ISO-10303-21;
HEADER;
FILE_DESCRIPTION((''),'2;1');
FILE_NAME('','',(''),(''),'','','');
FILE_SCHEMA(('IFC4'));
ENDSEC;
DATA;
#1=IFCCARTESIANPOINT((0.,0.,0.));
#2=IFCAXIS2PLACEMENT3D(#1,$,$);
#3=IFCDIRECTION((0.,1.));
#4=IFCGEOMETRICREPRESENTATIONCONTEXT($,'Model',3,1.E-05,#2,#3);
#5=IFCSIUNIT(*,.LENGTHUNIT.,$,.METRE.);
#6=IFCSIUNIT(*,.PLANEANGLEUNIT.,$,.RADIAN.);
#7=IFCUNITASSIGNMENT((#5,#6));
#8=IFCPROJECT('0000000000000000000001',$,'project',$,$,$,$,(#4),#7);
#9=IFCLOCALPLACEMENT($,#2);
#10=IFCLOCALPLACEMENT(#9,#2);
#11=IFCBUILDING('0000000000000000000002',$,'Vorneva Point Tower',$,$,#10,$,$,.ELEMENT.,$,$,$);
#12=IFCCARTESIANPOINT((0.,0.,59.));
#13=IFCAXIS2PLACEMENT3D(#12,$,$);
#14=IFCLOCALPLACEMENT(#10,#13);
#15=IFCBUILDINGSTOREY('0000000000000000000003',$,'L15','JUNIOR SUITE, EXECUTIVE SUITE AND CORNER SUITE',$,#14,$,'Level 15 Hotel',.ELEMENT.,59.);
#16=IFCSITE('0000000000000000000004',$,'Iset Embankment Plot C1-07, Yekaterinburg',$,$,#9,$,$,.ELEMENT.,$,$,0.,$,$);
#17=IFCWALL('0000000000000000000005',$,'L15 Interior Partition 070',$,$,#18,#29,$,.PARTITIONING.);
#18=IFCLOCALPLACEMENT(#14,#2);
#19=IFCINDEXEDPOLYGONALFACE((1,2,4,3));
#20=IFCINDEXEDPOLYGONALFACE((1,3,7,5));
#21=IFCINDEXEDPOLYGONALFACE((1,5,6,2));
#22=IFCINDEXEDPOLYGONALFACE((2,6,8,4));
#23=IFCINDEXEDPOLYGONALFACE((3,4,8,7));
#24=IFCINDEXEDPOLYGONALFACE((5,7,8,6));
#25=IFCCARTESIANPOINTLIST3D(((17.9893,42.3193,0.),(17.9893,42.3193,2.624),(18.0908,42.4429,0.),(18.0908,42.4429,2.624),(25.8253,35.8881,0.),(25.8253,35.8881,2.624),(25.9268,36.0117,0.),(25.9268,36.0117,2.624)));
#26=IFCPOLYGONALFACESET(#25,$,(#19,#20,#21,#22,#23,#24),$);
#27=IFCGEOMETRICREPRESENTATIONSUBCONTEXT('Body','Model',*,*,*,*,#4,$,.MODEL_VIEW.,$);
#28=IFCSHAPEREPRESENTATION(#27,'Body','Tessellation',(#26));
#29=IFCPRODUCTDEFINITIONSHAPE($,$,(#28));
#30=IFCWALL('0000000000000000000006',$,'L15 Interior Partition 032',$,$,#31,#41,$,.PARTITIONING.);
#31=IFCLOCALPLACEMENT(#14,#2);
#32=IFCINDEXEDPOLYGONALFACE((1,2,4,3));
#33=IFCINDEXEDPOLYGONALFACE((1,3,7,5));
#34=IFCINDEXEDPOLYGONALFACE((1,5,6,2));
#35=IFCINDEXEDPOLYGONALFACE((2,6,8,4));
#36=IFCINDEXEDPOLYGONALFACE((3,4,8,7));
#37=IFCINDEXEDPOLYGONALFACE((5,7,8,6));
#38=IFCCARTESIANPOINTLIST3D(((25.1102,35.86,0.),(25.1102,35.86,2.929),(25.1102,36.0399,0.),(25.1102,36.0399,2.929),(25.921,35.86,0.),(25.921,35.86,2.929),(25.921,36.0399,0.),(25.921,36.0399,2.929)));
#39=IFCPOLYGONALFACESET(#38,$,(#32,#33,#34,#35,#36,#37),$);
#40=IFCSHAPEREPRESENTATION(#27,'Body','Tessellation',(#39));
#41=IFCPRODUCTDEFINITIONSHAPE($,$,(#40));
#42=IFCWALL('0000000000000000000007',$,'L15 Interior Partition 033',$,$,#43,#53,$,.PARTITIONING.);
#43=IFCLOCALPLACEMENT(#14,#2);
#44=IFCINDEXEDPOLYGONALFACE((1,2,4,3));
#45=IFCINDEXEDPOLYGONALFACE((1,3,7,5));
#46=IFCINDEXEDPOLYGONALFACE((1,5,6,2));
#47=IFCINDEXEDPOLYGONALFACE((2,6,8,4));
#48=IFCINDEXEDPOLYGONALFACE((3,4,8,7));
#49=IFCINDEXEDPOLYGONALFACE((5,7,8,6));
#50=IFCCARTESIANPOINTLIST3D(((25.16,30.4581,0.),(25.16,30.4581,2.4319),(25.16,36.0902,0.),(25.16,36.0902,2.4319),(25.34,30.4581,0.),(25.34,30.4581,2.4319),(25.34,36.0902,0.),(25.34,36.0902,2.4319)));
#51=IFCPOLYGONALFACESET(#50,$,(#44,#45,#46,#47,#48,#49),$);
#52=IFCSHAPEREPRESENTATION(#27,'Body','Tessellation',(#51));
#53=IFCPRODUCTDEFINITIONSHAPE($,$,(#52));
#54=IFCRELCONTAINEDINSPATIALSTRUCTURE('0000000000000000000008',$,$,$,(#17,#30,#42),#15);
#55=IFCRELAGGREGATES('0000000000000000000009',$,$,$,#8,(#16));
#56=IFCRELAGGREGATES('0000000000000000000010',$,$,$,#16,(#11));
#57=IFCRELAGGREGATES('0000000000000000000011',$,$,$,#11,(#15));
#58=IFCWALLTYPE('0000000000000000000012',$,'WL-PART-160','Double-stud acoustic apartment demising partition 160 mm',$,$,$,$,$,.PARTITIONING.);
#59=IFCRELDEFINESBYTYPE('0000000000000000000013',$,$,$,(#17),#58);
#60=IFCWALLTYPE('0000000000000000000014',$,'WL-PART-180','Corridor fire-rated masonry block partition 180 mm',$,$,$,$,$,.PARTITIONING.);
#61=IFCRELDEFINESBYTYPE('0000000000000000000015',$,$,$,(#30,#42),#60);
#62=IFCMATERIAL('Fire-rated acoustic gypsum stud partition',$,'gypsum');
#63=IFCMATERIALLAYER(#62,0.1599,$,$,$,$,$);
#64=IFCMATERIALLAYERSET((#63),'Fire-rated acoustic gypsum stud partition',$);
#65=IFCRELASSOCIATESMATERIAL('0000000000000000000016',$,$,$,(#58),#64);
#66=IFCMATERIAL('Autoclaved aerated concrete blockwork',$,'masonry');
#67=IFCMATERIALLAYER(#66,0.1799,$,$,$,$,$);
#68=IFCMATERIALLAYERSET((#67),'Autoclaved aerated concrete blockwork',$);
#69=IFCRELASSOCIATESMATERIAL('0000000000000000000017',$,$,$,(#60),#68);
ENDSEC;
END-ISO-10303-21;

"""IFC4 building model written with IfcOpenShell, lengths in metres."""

from ifc_helpers import new_model, si_unit, direction, frame, frame_2d, origin, place, context, subcontext, project, spatial, rectangle, extrude, material, layer, layer_set, type_object, element, save


model = new_model("IFC4")

# Units and contexts
model_context = context("Model", 3, precision=1e-05, world=origin(), true_north=direction((0.0, 1.0)))
body_context = subcontext(model_context, "Body", "Model", "MODEL_VIEW")
ifc_project = project(units=[si_unit("LENGTHUNIT", "METRE"), si_unit("PLANEANGLEUNIT", "RADIAN")], contexts=[model_context])

# Site, building, storey
site_placement = place(None, origin())
site = spatial("IfcSite", under=ifc_project, at=site_placement, Name="Iset Embankment Plot C1-07, Yekaterinburg", CompositionType="ELEMENT", RefElevation=0.0)
building_placement = place(site_placement, origin())
building = spatial("IfcBuilding", under=site, at=building_placement, Name="Vorneva Point Tower", CompositionType="ELEMENT")
storey_placement = place(building_placement, frame((0.0, 0.0, 59.0)))
storey = spatial("IfcBuildingStorey", under=building, at=storey_placement, Name="L15", Description="JUNIOR SUITE, EXECUTIVE SUITE AND CORNER SUITE", LongName="Level 15 Hotel", CompositionType="ELEMENT", Elevation=59.0)

# Shared definitions
ifc_material_1 = material(Name="Fire-rated acoustic gypsum stud partition", Category="gypsum")

# Walls
ifc_layer_1 = layer(ifc_material_1, 0.1599)
ifc_layer_set_1 = layer_set([ifc_layer_1], Name="Fire-rated acoustic gypsum stud partition")
wall_type_1 = type_object("IfcWallType", Name="WL-PART-160", Description="Double-stud acoustic apartment demising partition 160 mm", PredefinedType="PARTITIONING", material=ifc_layer_set_1)
wall_1_placement = place(storey_placement, frame((18.04, 42.3811, 0.0), z_axis=(0.0, 0.0, 1.0), x_axis=(0.772993, -0.634415, 0.0)))
element("IfcWall", 1, at=wall_1_placement, inside=storey, type_object=wall_type_1, Name="L15 Interior Partition 070", PredefinedType="PARTITIONING", context=body_context, shape_type="SweptSolid", body=[
    extrude(rectangle(XDim=10.1372, YDim=0.1599, at=frame_2d((5.0686, 0.0))), origin(), (0.0, 0.0, 1.0), 2.624),
])
ifc_material_2 = material(Name="Autoclaved aerated concrete blockwork", Category="masonry")
ifc_layer_2 = layer(ifc_material_2, 0.1799)
ifc_layer_set_2 = layer_set([ifc_layer_2], Name="Autoclaved aerated concrete blockwork")
wall_type_2 = type_object("IfcWallType", Name="WL-PART-180", Description="Corridor fire-rated masonry block partition 180 mm", PredefinedType="PARTITIONING", material=ifc_layer_set_2)
wall_2_placement = place(storey_placement, frame((25.9209, 35.95, 0.0), z_axis=(0.0, 0.0, 1.0), x_axis=(-1.0, 0.0, 0.0)))
element("IfcWall", 2, at=wall_2_placement, inside=storey, type_object=wall_type_2, Name="L15 Interior Partition 032", PredefinedType="PARTITIONING", context=body_context, shape_type="SweptSolid", body=[
    extrude(rectangle(XDim=0.8108, YDim=0.1799, at=frame_2d((0.4053, 0.0))), origin(), (0.0, 0.0, 1.0), 2.929),
])
wall_3_placement = place(storey_placement, frame((25.25, 36.0901, 0.0), z_axis=(0.0, 0.0, 1.0), x_axis=(0.0, -1.0, 0.0)))
element("IfcWall", 3, at=wall_3_placement, inside=storey, type_object=wall_type_2, Name="L15 Interior Partition 033", PredefinedType="PARTITIONING", context=body_context, shape_type="SweptSolid", body=[
    extrude(rectangle(XDim=5.6321, YDim=0.1799, at=frame_2d((2.8159, 0.0))), origin(), (0.0, 0.0, 1.0), 2.4319),
])

save(model, "model.ifc")
